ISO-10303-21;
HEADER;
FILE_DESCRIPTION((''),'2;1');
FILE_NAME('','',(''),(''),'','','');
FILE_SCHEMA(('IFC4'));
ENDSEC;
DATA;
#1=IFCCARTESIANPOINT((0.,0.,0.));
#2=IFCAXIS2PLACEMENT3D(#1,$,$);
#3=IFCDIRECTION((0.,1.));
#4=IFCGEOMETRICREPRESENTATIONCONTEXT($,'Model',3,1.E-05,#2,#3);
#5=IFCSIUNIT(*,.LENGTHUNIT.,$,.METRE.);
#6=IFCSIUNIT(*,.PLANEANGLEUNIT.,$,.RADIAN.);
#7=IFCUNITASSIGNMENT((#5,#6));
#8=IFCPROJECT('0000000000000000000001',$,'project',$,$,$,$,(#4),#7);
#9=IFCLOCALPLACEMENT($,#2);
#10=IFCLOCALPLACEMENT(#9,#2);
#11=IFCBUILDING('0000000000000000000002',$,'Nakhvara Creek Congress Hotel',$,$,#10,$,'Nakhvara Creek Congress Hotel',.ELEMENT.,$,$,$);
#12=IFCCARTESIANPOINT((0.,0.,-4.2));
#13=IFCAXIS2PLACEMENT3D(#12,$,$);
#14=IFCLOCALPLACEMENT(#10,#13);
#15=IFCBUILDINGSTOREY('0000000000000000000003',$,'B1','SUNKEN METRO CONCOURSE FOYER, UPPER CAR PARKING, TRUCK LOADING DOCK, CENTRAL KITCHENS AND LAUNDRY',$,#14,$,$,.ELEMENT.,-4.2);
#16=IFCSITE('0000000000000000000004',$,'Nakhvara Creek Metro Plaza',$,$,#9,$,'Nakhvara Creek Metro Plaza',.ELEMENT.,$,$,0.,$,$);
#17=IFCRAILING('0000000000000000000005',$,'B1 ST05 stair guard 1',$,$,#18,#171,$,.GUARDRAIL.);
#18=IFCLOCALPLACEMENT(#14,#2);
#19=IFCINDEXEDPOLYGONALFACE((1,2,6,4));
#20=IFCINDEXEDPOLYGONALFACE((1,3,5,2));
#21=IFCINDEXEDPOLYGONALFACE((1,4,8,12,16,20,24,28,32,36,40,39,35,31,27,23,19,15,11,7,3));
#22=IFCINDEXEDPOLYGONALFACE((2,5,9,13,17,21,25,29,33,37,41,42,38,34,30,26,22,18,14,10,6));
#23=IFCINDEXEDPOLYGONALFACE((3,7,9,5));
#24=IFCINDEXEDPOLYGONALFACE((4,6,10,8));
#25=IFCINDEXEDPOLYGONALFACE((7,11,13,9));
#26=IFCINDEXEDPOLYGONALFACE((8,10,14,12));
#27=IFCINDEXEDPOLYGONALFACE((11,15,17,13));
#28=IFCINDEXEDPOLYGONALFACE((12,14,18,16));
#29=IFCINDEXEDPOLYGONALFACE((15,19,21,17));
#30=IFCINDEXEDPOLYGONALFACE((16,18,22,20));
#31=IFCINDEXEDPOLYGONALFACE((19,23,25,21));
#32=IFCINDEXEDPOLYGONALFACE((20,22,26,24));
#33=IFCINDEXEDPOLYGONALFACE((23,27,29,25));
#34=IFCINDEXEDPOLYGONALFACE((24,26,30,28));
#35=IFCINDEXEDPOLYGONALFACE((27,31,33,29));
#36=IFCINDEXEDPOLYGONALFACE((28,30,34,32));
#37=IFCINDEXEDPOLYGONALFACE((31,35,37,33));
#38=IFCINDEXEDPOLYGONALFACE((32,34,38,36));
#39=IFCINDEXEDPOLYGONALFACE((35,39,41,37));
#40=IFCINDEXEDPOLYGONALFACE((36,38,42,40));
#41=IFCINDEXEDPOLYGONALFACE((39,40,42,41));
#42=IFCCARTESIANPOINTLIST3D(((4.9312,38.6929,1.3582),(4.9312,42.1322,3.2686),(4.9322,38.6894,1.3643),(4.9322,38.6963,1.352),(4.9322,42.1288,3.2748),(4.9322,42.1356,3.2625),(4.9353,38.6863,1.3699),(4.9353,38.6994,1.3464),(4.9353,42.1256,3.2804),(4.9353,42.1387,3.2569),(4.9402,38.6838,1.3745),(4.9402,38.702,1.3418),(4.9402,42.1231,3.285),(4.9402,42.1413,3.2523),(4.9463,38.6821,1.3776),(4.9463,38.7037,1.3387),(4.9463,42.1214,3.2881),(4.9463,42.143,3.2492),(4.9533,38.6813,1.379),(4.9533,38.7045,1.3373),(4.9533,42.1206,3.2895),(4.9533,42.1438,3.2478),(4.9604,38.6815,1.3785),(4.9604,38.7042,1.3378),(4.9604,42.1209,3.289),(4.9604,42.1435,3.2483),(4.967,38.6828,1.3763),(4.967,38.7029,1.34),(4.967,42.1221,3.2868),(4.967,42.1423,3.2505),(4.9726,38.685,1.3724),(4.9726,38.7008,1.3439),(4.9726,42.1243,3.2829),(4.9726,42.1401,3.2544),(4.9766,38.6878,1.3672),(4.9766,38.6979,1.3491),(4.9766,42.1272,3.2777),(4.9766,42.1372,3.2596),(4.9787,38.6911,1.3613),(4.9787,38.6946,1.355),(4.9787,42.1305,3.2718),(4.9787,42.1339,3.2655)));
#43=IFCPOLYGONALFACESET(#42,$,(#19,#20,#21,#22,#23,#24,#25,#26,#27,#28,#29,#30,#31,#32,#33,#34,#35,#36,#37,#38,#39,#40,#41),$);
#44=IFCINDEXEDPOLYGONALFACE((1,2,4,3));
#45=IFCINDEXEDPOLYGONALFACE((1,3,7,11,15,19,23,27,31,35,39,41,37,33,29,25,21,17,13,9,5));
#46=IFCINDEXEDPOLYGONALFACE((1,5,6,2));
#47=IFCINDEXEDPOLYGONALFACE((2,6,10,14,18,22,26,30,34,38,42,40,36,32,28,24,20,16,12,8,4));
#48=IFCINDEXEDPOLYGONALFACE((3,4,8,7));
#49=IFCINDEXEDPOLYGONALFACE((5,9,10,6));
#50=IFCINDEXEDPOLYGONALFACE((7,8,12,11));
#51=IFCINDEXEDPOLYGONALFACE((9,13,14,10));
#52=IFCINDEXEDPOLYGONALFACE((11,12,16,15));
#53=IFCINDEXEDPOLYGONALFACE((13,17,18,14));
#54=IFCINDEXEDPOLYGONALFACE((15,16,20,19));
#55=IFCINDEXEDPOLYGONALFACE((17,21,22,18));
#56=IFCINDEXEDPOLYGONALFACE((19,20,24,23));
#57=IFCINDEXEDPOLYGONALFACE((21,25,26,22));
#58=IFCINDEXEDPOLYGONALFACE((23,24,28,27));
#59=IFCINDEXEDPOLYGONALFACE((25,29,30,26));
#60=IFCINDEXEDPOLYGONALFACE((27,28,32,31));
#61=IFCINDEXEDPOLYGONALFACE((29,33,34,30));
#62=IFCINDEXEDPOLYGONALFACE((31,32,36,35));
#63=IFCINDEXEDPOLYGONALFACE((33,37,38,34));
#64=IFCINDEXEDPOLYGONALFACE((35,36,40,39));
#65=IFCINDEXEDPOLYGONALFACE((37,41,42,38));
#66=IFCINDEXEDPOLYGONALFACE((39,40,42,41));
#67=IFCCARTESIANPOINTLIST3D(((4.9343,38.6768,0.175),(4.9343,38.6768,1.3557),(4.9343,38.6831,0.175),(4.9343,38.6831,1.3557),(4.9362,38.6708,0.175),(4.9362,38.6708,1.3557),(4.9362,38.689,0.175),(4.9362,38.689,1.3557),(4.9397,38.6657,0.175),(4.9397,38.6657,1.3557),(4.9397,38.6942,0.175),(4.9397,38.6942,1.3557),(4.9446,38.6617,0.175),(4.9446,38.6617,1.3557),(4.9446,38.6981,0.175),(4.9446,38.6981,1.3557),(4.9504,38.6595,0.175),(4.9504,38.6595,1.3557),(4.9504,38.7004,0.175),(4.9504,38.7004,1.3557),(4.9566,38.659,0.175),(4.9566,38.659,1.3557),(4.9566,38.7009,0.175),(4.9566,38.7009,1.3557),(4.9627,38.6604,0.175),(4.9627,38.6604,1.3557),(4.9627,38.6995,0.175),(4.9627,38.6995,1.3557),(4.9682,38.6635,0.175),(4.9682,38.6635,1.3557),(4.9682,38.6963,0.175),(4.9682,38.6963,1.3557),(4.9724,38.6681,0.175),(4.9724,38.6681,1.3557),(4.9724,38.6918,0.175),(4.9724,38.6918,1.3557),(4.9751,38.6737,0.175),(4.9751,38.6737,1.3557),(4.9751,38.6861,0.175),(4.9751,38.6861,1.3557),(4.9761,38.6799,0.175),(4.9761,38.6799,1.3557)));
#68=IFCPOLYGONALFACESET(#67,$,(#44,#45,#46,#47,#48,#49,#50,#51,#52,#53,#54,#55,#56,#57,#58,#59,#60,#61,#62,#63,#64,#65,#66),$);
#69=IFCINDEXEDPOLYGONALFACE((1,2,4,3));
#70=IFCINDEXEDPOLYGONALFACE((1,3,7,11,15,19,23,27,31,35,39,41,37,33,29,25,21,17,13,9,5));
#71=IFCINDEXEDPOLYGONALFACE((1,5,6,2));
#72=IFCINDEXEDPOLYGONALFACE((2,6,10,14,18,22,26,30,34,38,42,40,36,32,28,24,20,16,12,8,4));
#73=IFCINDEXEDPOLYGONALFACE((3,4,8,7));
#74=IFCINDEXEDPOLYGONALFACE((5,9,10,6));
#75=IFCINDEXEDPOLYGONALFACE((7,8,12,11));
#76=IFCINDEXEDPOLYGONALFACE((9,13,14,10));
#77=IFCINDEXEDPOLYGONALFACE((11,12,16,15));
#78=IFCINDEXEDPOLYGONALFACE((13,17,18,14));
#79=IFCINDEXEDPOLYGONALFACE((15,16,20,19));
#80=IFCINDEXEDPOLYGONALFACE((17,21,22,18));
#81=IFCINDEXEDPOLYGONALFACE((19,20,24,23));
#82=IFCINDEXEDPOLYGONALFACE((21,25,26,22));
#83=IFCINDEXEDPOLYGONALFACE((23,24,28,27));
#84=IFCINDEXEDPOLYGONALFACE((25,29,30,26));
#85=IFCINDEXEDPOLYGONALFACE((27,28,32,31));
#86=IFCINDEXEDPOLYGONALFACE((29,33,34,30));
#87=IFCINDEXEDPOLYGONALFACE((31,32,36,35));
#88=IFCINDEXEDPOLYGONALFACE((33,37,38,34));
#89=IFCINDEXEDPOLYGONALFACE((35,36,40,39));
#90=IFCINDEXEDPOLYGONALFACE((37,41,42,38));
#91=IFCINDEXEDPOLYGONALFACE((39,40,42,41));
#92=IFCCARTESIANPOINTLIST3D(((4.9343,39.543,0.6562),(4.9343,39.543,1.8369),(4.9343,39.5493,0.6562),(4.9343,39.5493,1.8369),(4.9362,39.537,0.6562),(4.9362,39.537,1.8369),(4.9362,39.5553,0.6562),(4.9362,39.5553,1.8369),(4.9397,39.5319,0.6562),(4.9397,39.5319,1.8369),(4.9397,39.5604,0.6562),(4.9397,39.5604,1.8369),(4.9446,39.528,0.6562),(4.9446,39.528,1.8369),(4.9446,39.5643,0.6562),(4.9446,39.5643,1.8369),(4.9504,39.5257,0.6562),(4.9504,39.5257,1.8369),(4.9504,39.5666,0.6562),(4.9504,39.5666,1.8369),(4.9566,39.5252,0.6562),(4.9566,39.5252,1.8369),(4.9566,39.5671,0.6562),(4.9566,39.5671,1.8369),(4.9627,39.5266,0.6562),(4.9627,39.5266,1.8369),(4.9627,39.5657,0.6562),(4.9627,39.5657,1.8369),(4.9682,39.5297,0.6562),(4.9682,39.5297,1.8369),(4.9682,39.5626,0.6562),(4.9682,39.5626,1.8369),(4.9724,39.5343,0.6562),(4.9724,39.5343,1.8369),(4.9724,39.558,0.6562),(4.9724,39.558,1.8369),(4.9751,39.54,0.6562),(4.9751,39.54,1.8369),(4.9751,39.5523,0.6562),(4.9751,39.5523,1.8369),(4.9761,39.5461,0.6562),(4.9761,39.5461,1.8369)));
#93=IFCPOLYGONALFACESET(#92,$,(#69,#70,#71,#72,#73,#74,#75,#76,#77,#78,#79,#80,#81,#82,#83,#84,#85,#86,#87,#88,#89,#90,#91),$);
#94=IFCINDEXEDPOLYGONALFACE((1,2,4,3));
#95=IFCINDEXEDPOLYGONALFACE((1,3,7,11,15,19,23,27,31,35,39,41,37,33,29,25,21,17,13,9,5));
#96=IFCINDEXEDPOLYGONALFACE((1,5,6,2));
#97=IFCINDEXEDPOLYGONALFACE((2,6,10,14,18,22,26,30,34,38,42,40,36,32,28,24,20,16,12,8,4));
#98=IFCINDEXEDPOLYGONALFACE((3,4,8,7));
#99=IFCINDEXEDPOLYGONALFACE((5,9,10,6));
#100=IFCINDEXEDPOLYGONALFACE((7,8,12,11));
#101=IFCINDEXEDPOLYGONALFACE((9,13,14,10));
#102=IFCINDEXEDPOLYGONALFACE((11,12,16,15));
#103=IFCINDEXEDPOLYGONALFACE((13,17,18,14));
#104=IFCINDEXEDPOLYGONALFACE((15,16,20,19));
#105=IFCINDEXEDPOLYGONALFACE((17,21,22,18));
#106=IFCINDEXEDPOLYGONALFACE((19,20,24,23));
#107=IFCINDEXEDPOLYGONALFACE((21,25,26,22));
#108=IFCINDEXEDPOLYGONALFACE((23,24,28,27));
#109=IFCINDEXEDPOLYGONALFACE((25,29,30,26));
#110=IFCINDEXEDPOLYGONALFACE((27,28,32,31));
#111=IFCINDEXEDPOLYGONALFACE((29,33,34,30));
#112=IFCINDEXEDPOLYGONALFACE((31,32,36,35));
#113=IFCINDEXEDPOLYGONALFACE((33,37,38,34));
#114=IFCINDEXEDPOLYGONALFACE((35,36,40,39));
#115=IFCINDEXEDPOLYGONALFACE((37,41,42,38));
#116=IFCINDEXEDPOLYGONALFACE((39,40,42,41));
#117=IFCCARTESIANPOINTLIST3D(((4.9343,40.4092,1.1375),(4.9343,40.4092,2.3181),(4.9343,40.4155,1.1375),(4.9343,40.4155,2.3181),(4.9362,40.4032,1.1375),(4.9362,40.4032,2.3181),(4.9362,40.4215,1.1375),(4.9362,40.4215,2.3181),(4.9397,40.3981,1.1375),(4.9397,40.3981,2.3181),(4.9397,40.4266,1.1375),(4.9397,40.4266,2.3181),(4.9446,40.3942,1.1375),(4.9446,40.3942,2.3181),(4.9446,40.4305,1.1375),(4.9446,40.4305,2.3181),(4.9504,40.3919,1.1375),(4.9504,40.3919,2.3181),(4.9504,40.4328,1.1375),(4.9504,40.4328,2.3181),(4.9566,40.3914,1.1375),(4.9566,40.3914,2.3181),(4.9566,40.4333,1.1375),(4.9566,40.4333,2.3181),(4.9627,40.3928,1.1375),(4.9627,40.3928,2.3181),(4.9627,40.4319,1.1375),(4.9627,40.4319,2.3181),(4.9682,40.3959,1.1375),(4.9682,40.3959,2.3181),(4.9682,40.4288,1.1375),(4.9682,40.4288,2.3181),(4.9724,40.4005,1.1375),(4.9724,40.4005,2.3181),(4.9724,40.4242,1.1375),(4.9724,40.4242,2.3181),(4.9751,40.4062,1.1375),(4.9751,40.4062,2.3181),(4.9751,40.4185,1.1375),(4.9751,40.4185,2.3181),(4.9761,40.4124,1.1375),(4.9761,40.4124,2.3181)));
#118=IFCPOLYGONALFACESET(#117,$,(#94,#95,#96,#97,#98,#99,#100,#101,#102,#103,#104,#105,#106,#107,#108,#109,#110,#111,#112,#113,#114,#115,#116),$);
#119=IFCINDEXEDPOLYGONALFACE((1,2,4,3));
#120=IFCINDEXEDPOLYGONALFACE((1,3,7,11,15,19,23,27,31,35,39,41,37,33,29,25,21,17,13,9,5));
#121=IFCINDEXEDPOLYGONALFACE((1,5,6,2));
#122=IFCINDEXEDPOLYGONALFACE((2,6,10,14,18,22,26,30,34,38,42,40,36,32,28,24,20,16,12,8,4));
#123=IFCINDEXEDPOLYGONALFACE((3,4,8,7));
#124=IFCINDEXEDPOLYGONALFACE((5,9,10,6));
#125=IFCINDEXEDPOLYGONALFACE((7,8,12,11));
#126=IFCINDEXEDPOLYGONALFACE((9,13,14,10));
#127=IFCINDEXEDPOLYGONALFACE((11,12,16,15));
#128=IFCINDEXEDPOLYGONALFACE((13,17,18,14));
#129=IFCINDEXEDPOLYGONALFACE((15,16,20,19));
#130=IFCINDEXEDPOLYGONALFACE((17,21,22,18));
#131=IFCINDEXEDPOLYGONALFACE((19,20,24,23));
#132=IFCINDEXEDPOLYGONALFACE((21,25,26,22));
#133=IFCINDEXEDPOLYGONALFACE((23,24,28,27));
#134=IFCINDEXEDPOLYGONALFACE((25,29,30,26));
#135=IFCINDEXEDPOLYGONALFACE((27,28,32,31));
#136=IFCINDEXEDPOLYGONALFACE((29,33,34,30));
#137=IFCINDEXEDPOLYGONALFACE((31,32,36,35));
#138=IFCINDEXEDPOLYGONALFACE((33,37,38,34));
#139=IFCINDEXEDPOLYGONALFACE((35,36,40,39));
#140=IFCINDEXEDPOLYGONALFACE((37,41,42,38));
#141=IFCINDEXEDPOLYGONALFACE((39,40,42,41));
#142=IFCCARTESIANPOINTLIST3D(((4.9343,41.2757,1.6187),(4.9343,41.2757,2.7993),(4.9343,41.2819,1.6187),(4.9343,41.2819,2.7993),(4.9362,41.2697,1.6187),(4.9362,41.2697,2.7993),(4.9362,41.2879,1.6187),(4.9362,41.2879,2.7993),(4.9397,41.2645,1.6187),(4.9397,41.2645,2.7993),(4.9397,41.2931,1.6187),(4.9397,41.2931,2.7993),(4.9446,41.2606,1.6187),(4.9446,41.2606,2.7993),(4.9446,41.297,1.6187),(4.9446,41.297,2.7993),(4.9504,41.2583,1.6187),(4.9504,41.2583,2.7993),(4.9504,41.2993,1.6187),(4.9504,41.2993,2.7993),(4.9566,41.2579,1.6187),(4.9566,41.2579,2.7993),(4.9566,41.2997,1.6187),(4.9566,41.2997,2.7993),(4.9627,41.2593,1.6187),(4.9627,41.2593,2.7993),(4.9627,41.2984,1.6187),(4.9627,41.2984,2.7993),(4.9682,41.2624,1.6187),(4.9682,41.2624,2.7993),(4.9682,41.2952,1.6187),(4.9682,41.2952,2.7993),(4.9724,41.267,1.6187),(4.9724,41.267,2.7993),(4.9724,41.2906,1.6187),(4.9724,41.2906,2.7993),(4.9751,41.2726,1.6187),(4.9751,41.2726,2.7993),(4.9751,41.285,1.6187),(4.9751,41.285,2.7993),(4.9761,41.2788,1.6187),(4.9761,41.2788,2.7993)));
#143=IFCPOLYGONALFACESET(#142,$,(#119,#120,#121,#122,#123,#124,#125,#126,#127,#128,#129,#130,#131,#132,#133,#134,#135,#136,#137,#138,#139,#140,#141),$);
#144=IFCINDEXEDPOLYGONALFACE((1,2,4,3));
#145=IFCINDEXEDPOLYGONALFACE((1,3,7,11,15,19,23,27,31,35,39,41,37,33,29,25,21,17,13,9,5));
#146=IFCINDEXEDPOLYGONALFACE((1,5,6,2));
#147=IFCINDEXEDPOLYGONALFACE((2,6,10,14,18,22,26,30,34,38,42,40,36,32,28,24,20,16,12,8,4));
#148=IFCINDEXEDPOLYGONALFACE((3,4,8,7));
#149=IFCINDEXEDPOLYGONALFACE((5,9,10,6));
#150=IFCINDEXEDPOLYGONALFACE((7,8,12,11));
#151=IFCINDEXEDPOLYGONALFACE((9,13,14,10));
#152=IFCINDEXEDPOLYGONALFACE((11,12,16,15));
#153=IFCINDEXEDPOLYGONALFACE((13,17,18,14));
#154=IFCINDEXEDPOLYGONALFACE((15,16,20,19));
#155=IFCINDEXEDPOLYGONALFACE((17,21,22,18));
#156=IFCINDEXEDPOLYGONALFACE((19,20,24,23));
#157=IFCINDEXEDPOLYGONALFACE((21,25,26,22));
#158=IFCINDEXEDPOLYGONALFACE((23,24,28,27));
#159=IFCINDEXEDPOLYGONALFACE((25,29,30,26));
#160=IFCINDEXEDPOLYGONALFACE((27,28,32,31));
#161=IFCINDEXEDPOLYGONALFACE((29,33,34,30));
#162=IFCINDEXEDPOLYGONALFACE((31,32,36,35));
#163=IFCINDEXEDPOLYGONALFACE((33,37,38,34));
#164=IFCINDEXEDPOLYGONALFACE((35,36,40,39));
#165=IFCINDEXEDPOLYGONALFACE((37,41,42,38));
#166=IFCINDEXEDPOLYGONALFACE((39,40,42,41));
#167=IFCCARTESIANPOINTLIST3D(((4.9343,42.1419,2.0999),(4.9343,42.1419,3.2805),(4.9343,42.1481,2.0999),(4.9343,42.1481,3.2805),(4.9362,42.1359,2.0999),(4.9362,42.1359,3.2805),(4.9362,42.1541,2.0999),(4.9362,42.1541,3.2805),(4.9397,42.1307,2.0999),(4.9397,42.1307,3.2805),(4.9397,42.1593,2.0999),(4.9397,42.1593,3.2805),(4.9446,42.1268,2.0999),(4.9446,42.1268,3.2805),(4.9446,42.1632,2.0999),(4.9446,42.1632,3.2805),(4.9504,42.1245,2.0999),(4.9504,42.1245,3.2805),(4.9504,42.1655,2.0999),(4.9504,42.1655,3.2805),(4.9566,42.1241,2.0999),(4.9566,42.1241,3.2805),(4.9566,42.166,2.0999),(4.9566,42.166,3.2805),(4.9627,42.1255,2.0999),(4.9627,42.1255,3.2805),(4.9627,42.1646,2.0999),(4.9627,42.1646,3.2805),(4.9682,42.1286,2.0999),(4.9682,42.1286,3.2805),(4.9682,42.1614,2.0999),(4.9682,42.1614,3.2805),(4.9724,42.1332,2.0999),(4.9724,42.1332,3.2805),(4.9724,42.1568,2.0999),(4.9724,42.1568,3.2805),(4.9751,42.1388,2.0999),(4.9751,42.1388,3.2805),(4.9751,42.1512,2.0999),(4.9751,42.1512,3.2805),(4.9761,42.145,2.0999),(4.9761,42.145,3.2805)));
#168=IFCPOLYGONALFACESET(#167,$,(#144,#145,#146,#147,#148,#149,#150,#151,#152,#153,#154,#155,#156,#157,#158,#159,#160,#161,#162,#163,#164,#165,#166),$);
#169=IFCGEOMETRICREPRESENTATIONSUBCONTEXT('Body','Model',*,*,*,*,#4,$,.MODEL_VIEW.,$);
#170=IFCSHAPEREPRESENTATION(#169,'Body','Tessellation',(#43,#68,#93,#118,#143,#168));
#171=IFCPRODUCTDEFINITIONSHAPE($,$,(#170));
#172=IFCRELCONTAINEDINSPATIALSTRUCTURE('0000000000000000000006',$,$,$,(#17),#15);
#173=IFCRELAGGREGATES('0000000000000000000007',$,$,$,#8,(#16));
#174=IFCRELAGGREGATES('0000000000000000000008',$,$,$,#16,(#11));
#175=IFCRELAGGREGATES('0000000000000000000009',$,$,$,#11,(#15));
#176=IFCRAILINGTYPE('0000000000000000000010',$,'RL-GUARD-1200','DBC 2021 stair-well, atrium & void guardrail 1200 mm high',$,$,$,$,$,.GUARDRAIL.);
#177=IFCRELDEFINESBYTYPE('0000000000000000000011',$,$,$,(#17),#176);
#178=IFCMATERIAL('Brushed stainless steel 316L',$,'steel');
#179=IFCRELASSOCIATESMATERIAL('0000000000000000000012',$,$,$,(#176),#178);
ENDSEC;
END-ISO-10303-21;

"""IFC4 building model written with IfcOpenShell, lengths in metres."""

from ifc_helpers import new_model, si_unit, direction, frame, origin, origin_2d, place, context, subcontext, project, spatial, circle, extrude, material, type_object, element, save


model = new_model("IFC4")

# Units and contexts
model_context = context("Model", 3, precision=1e-05, world=origin(), true_north=direction((0.0, 1.0)))
body_context = subcontext(model_context, "Body", "Model", "MODEL_VIEW")
ifc_project = project(units=[si_unit("LENGTHUNIT", "METRE"), si_unit("PLANEANGLEUNIT", "RADIAN")], contexts=[model_context])

# Site, building, storey
site_placement = place(None, origin())
site = spatial("IfcSite", under=ifc_project, at=site_placement, Name="Nakhvara Creek Metro Plaza", LongName="Nakhvara Creek Metro Plaza", CompositionType="ELEMENT", RefElevation=0.0)
building_placement = place(site_placement, origin())
building = spatial("IfcBuilding", under=site, at=building_placement, Name="Nakhvara Creek Congress Hotel", LongName="Nakhvara Creek Congress Hotel", CompositionType="ELEMENT")
storey_placement = place(building_placement, frame((0.0, 0.0, -4.2)))
storey = spatial("IfcBuildingStorey", under=building, at=storey_placement, Name="B1", Description="SUNKEN METRO CONCOURSE FOYER, UPPER CAR PARKING, TRUCK LOADING DOCK, CENTRAL KITCHENS AND LAUNDRY", CompositionType="ELEMENT", Elevation=-4.2)

# Railing
ifc_material_1 = material(Name="Brushed stainless steel 316L", Category="steel")
railing_type_1 = type_object("IfcRailingType", Name="RL-GUARD-1200", Description="DBC 2021 stair-well, atrium & void guardrail 1200 mm high", PredefinedType="GUARDRAIL", material=ifc_material_1)
railing_1_placement = place(storey_placement, frame((4.9551, 38.6799, 0.175)))
element("IfcRailing", 1, at=railing_1_placement, inside=storey, type_object=railing_type_1, Name="B1 ST05 stair guard 1", PredefinedType="GUARDRAIL", context=body_context, shape_type="SweptSolid", body=[
    extrude(circle(Radius=0.0239, at=origin_2d()), frame((0.0, 0.0129, 1.1831), z_axis=(0.0, 0.874183, 0.485596), x_axis=(-1.0, 0.0, 0.0)), (0.0, 0.0, 1.0), 3.9343),
    extrude(circle(Radius=0.021, at=origin_2d()), origin(), (0.0, 0.0, 1.0), 1.1807),
    extrude(circle(Radius=0.021, at=origin_2d()), frame((0.0, 0.8662, 0.4812)), (0.0, 0.0, 1.0), 1.1807),
    extrude(circle(Radius=0.021, at=origin_2d()), frame((0.0, 1.7324, 0.9624)), (0.0, 0.0, 1.0), 1.1807),
    extrude(circle(Radius=0.021, at=origin_2d()), frame((0.0, 2.5989, 1.4436)), (0.0, 0.0, 1.0), 1.1807),
    extrude(circle(Radius=0.021, at=origin_2d()), frame((0.0, 3.4651, 1.9248)), (0.0, 0.0, 1.0), 1.1807),
])

save(model, "model.ifc")
